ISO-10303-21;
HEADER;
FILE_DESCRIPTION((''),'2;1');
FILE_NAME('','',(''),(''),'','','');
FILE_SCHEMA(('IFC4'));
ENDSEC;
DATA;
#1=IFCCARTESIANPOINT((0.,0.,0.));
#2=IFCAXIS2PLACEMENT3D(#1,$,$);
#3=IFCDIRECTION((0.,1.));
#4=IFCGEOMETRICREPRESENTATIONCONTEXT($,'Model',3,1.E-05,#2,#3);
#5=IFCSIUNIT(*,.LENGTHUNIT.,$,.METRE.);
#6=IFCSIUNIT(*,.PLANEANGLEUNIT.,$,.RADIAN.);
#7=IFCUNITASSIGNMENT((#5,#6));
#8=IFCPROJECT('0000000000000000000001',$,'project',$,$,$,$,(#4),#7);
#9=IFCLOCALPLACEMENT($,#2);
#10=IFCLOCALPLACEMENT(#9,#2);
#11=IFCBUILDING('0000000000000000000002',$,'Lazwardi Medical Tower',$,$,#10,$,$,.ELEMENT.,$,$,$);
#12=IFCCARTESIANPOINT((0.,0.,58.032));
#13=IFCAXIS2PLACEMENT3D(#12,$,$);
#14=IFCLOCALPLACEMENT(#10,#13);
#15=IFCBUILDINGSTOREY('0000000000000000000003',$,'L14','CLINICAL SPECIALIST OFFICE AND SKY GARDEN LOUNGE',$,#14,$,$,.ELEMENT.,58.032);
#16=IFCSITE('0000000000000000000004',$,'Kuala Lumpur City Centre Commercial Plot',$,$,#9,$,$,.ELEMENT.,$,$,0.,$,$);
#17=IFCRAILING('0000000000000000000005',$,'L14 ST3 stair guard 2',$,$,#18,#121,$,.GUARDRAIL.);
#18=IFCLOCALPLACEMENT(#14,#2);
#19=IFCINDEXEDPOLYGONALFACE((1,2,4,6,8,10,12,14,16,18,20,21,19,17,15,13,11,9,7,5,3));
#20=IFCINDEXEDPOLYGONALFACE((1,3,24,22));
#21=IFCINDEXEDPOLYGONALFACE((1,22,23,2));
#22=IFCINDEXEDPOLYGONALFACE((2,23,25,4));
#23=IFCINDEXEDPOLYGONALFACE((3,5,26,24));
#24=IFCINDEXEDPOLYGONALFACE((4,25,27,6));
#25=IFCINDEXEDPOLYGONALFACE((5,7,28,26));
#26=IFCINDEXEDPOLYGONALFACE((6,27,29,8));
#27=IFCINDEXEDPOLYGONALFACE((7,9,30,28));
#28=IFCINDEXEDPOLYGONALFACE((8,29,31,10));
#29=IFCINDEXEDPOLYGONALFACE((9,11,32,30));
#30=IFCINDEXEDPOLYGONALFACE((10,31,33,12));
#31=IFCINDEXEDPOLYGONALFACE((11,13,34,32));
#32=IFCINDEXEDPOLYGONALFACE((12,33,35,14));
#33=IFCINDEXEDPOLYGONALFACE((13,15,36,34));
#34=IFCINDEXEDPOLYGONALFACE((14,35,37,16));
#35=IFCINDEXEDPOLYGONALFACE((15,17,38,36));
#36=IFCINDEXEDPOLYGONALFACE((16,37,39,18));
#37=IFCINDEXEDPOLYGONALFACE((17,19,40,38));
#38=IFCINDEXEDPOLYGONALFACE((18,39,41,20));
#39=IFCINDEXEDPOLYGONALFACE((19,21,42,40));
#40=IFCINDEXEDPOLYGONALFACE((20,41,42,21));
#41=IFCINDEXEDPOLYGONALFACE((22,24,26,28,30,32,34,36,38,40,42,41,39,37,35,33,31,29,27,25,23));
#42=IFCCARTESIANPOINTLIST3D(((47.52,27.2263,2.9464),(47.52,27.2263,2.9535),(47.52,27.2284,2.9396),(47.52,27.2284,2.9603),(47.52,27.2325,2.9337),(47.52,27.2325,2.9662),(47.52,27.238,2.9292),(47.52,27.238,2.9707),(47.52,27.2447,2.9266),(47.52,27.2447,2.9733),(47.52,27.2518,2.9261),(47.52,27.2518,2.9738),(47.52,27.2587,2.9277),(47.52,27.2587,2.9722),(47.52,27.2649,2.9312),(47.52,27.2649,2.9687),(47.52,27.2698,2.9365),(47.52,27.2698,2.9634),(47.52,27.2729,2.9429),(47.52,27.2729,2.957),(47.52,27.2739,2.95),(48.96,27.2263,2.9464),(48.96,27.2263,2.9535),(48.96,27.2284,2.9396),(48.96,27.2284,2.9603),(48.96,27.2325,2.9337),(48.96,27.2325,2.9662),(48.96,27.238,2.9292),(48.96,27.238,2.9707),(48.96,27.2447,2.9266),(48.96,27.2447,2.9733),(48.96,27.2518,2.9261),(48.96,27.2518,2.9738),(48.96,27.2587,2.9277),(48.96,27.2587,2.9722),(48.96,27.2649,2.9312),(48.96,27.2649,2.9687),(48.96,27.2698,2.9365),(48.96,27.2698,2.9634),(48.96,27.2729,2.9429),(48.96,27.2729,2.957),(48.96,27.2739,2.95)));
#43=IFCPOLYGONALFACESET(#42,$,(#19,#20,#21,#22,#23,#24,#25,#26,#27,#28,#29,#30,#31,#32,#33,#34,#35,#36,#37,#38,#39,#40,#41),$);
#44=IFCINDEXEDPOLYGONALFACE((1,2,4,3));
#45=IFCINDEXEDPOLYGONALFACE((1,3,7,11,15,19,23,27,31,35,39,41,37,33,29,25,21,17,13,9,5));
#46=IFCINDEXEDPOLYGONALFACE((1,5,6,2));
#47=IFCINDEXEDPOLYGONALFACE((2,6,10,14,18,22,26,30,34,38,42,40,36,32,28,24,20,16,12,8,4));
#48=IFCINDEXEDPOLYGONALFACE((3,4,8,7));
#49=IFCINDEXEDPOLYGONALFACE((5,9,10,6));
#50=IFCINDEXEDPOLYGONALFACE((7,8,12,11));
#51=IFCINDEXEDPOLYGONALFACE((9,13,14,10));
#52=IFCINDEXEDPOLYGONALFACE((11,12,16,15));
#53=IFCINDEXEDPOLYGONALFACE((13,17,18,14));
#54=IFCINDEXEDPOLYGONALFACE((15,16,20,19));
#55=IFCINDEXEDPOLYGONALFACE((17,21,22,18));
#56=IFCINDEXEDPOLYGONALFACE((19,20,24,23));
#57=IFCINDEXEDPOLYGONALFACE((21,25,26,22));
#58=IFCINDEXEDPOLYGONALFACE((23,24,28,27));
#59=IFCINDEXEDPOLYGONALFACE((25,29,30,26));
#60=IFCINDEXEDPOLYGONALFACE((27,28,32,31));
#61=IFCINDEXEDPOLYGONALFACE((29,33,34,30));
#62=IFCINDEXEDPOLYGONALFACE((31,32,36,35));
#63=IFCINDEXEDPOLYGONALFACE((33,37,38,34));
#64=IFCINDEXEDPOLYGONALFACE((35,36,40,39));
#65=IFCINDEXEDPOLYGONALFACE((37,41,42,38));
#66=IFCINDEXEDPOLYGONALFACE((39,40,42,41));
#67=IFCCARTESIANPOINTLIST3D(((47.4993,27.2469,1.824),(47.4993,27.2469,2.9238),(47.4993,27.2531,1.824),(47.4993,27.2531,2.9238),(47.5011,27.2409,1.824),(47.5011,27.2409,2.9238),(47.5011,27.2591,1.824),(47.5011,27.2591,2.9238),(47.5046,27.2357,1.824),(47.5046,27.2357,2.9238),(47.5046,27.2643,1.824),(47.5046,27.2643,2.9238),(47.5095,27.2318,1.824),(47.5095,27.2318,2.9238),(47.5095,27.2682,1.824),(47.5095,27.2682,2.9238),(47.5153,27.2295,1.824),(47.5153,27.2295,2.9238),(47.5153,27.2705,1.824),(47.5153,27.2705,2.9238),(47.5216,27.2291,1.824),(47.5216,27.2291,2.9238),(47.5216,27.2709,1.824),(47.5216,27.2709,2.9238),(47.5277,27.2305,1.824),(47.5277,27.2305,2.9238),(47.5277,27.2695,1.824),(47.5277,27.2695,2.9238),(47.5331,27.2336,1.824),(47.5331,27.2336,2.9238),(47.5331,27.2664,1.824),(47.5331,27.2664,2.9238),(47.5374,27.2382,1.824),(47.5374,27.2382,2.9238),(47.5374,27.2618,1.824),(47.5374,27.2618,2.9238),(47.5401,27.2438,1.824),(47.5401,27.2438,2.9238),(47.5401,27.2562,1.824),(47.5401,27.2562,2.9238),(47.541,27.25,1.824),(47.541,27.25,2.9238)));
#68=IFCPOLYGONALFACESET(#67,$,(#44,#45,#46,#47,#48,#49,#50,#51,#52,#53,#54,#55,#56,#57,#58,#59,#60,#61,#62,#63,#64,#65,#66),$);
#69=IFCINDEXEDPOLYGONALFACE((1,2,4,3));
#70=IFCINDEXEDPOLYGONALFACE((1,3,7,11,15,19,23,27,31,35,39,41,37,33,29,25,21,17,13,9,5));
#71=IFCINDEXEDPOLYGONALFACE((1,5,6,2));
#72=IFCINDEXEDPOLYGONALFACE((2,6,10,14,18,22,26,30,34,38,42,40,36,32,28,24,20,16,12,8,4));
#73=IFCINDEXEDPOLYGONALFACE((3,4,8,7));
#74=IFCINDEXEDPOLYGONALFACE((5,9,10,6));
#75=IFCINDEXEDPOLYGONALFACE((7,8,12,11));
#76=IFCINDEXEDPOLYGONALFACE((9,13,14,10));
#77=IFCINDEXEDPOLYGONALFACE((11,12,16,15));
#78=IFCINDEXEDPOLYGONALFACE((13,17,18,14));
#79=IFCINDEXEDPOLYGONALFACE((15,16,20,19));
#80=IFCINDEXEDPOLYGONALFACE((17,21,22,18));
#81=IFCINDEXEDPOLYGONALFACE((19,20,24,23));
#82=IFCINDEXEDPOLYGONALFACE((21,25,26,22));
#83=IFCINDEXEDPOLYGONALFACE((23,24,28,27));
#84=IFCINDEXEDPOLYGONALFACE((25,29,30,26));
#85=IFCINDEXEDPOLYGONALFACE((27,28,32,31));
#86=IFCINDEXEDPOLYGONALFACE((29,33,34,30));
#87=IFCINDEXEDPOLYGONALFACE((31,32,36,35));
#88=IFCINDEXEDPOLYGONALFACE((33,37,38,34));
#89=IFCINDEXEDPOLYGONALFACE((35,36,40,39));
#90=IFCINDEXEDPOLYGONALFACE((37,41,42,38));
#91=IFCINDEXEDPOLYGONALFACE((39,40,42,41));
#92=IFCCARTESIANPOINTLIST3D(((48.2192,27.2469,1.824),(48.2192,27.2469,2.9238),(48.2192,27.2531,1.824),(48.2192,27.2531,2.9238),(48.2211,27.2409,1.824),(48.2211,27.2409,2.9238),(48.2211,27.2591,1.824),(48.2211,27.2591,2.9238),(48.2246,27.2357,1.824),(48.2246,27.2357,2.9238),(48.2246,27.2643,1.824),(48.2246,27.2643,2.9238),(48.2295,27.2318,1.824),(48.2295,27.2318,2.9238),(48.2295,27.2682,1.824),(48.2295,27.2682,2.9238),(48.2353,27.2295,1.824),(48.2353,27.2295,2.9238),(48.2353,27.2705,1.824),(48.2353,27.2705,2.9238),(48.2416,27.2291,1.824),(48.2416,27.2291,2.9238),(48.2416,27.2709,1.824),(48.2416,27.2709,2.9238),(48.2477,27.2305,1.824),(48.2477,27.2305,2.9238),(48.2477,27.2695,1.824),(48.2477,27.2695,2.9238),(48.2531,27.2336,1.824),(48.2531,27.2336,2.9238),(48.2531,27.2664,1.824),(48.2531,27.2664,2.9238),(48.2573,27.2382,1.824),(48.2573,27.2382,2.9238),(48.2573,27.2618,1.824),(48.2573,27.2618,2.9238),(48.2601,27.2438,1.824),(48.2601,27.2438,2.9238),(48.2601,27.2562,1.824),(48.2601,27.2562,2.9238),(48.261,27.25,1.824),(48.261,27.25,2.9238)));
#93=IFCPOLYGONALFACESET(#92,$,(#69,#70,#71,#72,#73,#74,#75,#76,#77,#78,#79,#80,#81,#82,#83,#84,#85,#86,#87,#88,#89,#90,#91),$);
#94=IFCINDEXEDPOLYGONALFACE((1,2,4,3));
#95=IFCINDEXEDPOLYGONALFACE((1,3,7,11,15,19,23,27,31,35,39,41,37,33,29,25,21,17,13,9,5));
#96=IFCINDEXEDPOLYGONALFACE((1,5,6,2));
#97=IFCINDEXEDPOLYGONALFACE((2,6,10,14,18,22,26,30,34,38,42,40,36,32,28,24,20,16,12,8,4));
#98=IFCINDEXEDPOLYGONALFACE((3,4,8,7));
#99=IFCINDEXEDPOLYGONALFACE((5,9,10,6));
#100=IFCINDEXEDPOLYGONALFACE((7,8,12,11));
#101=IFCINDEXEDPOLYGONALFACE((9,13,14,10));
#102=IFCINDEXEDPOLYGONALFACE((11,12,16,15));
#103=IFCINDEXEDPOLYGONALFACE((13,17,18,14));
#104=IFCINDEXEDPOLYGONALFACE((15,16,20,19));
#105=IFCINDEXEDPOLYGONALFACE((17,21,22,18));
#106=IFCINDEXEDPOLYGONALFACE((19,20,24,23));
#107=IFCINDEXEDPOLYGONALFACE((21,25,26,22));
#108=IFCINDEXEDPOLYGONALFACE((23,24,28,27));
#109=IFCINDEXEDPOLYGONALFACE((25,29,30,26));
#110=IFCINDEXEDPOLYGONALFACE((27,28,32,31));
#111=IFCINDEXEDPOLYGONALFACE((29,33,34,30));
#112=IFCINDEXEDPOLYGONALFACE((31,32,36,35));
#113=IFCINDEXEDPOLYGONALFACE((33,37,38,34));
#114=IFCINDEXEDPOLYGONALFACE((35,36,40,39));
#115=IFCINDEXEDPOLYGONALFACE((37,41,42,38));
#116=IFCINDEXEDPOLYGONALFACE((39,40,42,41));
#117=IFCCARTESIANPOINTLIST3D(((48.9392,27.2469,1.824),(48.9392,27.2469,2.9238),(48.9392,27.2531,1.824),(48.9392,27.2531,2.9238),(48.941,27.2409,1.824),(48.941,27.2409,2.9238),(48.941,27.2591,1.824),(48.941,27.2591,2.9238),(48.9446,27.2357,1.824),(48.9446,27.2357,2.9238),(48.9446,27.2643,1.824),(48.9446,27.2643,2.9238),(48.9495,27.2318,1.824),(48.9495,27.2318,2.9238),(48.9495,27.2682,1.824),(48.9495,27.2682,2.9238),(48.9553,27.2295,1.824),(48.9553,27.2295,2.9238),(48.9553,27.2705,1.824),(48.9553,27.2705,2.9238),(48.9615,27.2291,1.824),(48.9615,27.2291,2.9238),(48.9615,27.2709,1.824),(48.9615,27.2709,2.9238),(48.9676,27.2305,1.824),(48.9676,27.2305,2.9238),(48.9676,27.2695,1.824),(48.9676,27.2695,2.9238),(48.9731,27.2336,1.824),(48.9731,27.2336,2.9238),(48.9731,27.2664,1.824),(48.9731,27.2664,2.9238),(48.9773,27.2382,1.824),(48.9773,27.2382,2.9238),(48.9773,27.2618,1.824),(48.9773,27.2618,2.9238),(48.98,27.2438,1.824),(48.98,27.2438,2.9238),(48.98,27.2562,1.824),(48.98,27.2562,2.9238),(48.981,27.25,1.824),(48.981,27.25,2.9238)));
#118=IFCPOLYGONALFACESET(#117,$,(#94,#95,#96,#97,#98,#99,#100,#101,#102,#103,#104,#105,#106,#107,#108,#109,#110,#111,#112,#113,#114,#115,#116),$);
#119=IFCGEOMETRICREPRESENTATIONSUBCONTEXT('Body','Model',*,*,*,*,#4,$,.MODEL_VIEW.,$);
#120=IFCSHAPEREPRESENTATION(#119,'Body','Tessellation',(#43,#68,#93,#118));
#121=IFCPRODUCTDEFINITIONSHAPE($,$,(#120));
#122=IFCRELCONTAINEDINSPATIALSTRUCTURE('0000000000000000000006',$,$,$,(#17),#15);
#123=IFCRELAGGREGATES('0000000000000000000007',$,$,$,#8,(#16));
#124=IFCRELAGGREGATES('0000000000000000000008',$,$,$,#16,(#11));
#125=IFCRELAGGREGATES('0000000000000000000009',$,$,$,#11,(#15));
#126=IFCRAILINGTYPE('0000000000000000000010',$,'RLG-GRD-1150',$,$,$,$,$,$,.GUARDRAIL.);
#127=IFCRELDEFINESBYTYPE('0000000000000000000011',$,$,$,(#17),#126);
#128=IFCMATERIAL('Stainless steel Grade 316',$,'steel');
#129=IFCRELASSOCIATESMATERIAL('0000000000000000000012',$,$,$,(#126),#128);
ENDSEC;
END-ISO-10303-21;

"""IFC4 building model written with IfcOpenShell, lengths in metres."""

from ifc_helpers import new_model, si_unit, direction, frame, origin, origin_2d, place, context, subcontext, project, spatial, circle, extrude, material, type_object, element, save


model = new_model("IFC4")

# Units and contexts
model_context = context("Model", 3, precision=1e-05, world=origin(), true_north=direction((0.0, 1.0)))
body_context = subcontext(model_context, "Body", "Model", "MODEL_VIEW")
ifc_project = project(units=[si_unit("LENGTHUNIT", "METRE"), si_unit("PLANEANGLEUNIT", "RADIAN")], contexts=[model_context])

# Site, building, storey
site_placement = place(None, origin())
site = spatial("IfcSite", under=ifc_project, at=site_placement, Name="Kuala Lumpur City Centre Commercial Plot", CompositionType="ELEMENT", RefElevation=0.0)
building_placement = place(site_placement, origin())
building = spatial("IfcBuilding", under=site, at=building_placement, Name="Lazwardi Medical Tower", CompositionType="ELEMENT")
storey_placement = place(building_placement, frame((0.0, 0.0, 58.032)))
storey = spatial("IfcBuildingStorey", under=building, at=storey_placement, Name="L14", Description="CLINICAL SPECIALIST OFFICE AND SKY GARDEN LOUNGE", CompositionType="ELEMENT", Elevation=58.032)

# Railing
ifc_material_1 = material(Name="Stainless steel Grade 316", Category="steel")
railing_type_1 = type_object("IfcRailingType", Name="RLG-GRD-1150", PredefinedType="GUARDRAIL", material=ifc_material_1)
railing_1_placement = place(storey_placement, frame((47.52, 27.25, 1.824)))
element("IfcRailing", 1, at=railing_1_placement, inside=storey, type_object=railing_type_1, Name="L14 ST3 stair guard 2", PredefinedType="GUARDRAIL", context=body_context, shape_type="SweptSolid", body=[
    extrude(circle(Radius=0.0239, at=origin_2d()), frame((0.0, 0.0, 1.126), z_axis=(1.0, 0.0, 0.0), x_axis=(0.0, 1.0, 0.0)), (0.0, 0.0, 1.0), 1.4399),
    extrude(circle(Radius=0.021, at=origin_2d()), origin(), (0.0, 0.0, 1.0), 1.0999),
    extrude(circle(Radius=0.021, at=origin_2d()), frame((0.72, 0.0, 0.0)), (0.0, 0.0, 1.0), 1.0999),
    extrude(circle(Radius=0.021, at=origin_2d()), frame((1.4399, 0.0, 0.0)), (0.0, 0.0, 1.0), 1.0999),
])

save(model, "model.ifc")
